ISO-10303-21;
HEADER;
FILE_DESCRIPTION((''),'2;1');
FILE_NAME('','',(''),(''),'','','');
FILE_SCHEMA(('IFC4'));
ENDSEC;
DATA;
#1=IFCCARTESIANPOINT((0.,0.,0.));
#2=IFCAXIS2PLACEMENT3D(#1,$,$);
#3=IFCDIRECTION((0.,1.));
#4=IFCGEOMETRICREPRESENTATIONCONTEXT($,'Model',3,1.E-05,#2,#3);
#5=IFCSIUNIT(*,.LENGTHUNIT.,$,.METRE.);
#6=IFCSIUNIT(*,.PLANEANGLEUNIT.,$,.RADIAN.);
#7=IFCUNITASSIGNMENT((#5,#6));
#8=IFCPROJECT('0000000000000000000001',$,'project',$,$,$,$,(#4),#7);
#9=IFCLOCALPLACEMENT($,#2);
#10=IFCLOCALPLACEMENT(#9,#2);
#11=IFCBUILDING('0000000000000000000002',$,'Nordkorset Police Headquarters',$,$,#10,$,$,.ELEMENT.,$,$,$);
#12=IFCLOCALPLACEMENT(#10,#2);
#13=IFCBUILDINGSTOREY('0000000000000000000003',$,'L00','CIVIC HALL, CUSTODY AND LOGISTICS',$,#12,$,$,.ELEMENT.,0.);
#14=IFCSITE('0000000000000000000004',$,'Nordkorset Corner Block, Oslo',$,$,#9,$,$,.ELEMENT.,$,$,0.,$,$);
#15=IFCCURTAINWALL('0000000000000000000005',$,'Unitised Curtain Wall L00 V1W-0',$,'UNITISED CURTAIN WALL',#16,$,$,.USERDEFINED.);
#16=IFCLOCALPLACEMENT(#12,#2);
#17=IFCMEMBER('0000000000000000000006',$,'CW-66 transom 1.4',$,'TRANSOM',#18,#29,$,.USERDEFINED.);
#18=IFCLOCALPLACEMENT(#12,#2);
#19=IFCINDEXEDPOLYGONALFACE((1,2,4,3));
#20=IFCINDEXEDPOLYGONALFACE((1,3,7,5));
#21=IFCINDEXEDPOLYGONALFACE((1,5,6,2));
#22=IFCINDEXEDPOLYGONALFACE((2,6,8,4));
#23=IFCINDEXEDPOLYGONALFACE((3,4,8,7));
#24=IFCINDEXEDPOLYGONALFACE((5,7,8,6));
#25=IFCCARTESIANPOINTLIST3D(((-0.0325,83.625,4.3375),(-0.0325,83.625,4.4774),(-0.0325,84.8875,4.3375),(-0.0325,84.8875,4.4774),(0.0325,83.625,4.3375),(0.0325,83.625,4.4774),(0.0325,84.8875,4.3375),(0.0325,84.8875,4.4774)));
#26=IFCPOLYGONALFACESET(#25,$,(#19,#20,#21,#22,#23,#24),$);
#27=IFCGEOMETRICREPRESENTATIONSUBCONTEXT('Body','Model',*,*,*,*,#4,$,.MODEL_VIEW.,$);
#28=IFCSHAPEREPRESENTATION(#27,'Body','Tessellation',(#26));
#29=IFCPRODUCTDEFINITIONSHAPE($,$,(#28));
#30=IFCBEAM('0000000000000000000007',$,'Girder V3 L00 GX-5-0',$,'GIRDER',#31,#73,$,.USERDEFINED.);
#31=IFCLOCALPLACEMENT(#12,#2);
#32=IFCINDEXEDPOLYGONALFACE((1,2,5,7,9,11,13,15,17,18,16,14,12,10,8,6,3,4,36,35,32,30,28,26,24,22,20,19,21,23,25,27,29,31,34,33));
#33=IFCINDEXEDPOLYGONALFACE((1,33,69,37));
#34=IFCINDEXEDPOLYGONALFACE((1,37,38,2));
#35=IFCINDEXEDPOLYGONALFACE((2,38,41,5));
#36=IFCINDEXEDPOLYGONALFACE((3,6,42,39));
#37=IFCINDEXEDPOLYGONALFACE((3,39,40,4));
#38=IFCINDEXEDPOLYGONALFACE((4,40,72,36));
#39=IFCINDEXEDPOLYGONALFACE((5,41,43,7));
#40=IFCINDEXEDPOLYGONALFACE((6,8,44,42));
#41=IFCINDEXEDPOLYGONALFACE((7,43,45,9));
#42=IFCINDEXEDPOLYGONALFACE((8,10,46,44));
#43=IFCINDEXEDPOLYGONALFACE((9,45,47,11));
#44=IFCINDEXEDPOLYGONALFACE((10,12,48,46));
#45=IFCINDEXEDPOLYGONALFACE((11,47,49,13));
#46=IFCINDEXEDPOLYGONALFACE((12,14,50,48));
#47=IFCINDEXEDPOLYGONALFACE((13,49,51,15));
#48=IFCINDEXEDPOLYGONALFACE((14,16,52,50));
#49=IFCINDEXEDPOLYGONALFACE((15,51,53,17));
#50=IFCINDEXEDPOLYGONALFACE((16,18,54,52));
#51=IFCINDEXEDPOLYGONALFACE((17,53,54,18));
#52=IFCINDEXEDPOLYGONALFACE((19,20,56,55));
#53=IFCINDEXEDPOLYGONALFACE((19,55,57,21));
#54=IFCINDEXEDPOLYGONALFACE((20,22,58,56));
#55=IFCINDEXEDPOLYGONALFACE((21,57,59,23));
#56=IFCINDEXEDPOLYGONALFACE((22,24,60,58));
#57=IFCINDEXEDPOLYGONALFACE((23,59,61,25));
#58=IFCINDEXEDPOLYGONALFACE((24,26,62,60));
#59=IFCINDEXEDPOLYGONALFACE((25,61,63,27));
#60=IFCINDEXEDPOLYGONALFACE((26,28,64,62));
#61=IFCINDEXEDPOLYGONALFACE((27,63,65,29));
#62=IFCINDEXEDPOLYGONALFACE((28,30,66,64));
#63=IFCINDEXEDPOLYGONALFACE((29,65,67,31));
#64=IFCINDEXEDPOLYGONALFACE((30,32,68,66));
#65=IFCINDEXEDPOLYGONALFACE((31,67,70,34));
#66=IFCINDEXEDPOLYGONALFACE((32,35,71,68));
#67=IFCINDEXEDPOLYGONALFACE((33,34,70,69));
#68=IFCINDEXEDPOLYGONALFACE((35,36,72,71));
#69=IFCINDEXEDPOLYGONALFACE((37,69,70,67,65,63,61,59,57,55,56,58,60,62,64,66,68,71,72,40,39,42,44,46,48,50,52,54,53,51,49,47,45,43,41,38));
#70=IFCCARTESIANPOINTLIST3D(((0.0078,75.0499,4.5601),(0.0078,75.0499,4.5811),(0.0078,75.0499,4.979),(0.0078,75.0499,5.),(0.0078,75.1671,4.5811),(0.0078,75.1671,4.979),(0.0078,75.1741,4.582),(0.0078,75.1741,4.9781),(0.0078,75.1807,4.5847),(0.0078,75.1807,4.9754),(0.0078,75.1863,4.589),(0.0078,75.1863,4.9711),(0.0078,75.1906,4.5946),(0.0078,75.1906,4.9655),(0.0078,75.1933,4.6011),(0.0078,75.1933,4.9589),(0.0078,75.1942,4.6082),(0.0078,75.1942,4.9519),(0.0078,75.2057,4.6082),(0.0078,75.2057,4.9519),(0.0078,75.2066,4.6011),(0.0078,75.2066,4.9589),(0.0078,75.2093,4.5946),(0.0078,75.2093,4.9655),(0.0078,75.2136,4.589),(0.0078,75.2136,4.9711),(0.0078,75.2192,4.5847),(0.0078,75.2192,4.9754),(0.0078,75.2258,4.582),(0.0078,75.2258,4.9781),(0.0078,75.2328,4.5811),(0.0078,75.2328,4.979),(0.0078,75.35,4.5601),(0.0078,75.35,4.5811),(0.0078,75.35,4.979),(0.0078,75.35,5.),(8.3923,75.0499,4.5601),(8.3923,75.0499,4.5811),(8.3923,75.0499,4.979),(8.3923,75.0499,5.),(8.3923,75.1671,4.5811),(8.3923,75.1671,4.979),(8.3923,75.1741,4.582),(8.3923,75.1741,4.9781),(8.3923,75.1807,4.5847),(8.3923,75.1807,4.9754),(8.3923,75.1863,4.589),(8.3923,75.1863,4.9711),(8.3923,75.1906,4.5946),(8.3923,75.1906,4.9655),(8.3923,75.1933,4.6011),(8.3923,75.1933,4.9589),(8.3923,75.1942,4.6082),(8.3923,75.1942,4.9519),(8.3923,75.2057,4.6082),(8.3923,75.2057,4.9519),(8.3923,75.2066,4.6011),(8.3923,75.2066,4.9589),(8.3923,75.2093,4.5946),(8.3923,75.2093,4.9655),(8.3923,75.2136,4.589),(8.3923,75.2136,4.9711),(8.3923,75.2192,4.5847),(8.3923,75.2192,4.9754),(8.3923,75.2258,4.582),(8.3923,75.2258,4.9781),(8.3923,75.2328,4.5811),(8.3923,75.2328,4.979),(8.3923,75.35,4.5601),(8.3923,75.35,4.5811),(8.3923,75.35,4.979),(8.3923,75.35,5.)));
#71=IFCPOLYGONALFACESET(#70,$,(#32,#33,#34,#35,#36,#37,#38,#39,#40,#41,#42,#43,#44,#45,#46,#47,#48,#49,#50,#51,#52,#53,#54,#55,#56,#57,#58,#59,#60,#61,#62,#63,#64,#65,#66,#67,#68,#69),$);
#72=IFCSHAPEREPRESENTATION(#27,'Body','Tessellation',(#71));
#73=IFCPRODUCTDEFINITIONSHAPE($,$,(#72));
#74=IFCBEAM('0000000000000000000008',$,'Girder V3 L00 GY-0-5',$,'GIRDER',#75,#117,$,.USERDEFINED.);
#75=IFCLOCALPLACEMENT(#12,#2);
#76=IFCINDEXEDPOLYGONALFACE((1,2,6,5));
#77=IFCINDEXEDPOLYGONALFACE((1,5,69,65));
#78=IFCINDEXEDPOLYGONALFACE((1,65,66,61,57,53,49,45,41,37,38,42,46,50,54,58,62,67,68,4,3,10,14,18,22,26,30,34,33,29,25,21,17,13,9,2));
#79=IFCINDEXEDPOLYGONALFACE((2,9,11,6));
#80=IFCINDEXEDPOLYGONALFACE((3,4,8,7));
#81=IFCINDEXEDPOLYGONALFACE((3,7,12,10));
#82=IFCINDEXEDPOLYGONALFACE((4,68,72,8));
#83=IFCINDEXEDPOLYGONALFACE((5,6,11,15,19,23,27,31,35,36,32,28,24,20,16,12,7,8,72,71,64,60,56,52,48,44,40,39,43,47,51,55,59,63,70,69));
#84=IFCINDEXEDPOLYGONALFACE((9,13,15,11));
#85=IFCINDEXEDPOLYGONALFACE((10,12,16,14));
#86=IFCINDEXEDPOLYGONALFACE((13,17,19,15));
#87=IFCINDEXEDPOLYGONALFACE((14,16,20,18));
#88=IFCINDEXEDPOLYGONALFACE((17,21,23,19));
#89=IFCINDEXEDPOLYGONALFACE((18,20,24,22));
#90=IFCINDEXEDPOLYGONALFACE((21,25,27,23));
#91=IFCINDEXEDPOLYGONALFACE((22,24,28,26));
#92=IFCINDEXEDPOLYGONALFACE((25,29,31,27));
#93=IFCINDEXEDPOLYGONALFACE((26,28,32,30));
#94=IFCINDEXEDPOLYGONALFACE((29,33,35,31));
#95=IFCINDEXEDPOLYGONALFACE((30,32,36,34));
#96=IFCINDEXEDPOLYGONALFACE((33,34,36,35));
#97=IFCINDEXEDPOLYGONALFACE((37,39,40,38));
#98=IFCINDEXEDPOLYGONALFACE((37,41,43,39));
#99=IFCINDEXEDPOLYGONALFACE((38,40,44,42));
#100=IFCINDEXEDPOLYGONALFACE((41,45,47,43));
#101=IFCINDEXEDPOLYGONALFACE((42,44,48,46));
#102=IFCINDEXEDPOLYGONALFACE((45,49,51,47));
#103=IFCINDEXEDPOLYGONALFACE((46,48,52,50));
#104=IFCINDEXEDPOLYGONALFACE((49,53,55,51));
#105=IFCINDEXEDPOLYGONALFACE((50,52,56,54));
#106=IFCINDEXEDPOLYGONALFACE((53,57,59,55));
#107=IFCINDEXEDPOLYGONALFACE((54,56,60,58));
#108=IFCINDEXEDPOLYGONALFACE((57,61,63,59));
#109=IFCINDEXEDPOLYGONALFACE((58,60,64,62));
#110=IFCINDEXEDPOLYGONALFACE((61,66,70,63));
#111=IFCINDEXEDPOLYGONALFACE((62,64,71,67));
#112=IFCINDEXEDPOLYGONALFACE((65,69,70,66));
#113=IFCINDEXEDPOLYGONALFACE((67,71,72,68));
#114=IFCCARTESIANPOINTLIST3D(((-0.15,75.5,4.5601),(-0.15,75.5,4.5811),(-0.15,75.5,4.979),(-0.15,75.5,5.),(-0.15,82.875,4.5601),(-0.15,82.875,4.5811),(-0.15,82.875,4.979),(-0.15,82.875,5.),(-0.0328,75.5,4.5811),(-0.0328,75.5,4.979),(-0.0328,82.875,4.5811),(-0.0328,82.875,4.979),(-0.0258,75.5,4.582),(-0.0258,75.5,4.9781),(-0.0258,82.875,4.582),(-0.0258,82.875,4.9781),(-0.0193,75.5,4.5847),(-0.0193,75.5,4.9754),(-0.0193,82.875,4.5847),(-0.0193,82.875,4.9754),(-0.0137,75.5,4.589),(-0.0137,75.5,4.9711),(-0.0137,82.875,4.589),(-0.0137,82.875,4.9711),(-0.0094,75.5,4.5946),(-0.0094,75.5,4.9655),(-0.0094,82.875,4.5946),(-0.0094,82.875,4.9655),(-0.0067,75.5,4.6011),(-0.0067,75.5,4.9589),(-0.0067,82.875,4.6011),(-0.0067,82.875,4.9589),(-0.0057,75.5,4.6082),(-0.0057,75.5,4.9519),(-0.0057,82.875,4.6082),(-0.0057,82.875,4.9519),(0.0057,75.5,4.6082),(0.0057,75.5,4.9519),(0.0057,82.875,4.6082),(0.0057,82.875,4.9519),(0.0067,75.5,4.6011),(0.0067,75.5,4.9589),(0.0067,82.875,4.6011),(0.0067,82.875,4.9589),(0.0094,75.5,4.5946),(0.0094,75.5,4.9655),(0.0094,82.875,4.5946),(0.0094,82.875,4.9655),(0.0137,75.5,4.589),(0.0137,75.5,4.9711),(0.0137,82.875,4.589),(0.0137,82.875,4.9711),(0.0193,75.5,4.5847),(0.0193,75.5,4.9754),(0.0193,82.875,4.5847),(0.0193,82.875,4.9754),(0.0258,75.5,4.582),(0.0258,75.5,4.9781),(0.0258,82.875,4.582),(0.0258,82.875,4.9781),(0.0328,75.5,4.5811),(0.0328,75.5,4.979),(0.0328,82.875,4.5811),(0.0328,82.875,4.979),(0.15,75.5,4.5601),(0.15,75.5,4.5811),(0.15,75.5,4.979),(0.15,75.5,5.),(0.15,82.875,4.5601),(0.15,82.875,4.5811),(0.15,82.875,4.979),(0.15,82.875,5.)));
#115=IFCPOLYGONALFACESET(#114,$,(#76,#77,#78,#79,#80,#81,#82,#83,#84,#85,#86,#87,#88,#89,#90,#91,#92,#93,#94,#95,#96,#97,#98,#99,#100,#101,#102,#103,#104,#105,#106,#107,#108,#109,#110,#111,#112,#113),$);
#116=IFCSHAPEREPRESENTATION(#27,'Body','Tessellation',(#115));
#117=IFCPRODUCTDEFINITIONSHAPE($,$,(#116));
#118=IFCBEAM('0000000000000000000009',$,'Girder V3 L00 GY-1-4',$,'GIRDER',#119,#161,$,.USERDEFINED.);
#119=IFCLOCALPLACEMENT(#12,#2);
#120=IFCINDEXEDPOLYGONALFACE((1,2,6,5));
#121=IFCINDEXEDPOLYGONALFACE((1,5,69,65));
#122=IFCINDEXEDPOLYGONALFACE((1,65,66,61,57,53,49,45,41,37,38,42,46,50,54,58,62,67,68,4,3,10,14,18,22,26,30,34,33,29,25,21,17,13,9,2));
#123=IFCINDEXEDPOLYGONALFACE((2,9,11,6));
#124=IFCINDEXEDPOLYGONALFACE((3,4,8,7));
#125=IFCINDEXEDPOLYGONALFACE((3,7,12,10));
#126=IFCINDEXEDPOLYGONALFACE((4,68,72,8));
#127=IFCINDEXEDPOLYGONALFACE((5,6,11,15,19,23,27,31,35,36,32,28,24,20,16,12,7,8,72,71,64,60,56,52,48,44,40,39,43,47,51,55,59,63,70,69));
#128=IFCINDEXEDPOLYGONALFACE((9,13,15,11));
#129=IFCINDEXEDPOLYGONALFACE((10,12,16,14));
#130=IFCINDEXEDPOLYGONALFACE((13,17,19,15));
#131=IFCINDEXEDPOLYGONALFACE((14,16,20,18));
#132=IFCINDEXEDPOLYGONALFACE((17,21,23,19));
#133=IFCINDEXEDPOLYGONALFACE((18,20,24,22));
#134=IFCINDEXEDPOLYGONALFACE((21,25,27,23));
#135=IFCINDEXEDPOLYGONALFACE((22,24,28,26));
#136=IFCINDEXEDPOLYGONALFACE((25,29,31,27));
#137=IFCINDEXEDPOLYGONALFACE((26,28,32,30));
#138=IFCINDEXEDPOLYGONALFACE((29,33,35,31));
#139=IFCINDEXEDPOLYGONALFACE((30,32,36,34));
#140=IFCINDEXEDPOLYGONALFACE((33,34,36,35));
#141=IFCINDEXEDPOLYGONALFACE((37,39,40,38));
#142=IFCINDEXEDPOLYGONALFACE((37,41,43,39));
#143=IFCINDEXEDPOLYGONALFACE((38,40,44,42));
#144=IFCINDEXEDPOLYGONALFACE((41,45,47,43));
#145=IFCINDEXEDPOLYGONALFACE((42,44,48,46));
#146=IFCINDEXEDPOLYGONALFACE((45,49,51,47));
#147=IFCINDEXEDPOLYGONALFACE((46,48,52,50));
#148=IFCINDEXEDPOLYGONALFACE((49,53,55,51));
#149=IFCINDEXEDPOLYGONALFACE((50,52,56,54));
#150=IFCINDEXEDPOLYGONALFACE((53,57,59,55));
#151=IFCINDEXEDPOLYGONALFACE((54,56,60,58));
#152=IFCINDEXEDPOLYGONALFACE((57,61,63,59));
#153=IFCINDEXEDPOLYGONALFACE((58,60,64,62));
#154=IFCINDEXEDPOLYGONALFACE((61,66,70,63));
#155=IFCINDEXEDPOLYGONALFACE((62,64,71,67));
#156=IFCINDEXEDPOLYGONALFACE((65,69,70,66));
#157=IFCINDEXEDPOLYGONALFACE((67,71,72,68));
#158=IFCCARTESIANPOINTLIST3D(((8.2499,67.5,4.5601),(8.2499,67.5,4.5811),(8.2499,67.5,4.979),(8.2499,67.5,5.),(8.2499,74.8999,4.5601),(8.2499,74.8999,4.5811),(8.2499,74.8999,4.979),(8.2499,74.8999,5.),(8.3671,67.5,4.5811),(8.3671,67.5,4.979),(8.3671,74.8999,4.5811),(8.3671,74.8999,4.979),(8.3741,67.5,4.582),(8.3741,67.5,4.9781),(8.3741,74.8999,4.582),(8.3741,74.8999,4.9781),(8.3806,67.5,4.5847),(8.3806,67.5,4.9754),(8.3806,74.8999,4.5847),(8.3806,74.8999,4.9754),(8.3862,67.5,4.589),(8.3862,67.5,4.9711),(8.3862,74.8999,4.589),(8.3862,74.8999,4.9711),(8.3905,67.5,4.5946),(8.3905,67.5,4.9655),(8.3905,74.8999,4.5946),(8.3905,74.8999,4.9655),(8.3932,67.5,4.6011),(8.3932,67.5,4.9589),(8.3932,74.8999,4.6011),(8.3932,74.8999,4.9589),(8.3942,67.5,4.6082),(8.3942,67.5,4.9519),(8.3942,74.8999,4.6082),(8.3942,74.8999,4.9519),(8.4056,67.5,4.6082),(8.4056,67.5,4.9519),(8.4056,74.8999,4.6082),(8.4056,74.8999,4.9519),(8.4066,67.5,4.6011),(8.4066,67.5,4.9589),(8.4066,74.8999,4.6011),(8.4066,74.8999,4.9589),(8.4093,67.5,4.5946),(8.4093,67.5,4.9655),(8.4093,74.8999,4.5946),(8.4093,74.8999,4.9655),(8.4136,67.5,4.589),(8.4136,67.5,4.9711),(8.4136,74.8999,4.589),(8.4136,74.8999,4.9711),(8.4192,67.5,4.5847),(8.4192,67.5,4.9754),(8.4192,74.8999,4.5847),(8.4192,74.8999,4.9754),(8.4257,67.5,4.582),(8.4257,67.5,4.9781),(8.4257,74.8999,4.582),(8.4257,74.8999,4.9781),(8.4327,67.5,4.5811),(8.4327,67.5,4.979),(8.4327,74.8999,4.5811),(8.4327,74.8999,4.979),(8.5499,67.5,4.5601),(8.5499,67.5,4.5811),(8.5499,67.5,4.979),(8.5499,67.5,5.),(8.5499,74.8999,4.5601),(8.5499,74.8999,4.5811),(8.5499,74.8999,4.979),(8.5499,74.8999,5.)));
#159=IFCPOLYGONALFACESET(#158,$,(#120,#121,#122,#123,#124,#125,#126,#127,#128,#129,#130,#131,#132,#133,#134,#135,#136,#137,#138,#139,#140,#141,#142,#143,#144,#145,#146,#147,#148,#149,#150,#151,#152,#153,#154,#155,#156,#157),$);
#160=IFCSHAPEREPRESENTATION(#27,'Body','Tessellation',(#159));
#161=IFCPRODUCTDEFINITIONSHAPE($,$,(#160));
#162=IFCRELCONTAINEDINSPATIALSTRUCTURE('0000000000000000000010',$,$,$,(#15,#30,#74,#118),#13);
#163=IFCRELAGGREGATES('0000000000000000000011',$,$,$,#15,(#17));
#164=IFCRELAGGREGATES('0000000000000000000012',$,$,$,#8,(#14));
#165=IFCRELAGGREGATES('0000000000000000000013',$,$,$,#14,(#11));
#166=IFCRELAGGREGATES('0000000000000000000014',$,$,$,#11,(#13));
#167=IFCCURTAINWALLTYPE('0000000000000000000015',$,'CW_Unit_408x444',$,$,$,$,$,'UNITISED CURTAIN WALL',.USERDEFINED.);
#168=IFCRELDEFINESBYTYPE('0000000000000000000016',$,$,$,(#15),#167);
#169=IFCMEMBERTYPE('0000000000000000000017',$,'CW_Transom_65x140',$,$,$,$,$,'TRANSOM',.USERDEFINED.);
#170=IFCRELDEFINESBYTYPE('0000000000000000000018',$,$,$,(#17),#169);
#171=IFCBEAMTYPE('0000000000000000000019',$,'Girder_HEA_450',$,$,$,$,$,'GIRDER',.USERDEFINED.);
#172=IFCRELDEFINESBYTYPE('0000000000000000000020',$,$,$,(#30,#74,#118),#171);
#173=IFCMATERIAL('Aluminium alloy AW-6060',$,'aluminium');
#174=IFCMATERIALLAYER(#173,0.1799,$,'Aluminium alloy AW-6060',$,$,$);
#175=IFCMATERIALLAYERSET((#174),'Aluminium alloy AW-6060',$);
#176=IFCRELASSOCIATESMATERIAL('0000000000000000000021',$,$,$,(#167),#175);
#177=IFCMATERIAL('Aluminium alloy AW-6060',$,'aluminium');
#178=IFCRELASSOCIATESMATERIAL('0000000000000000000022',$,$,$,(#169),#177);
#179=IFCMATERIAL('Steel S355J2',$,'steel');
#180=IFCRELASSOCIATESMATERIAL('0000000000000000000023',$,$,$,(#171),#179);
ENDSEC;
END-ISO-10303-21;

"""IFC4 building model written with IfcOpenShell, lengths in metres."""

from ifc_helpers import new_model, si_unit, direction, frame, origin, origin_2d, place, context, subcontext, project, spatial, rectangle, i_section, extrude, material, layer, layer_set, material_profile, profile_set, type_object, element, aggregate, save


model = new_model("IFC4")

# Units and contexts
model_context = context("Model", 3, precision=1e-05, world=origin(), true_north=direction((0.0, 1.0)))
body_context = subcontext(model_context, "Body", "Model", "MODEL_VIEW")
ifc_project = project(units=[si_unit("LENGTHUNIT", "METRE"), si_unit("PLANEANGLEUNIT", "RADIAN")], contexts=[model_context])

# Site, building, storey
site_placement = place(None, origin())
site = spatial("IfcSite", under=ifc_project, at=site_placement, Name="Nordkorset Corner Block, Oslo", CompositionType="ELEMENT", RefElevation=0.0)
building_placement = place(site_placement, origin())
building = spatial("IfcBuilding", under=site, at=building_placement, Name="Nordkorset Police Headquarters", CompositionType="ELEMENT")
storey_placement = place(building_placement, origin())
storey = spatial("IfcBuildingStorey", under=building, at=storey_placement, Name="L00", Description="CIVIC HALL, CUSTODY AND LOGISTICS", CompositionType="ELEMENT", Elevation=0.0)

# Curtain wall, member
ifc_material_1 = material(Name="Aluminium alloy AW-6060", Category="aluminium")
ifc_layer_1 = layer(ifc_material_1, 0.1799, Name="Aluminium alloy AW-6060")
ifc_layer_set_1 = layer_set([ifc_layer_1], Name="Aluminium alloy AW-6060")
curtain_wall_type = type_object("IfcCurtainWallType", Name="CW_Unit_408x444", ElementType="UNITISED CURTAIN WALL", PredefinedType="USERDEFINED", material=ifc_layer_set_1)
curtain_wall_placement = place(storey_placement, origin())
curtain_wall = element("IfcCurtainWall", 1, at=curtain_wall_placement, inside=storey, type_object=curtain_wall_type, Name="Unitised Curtain Wall L00 V1W-0", ObjectType="UNITISED CURTAIN WALL", PredefinedType="USERDEFINED")
ifc_material_2 = material(Name="Aluminium alloy AW-6060", Category="aluminium")
ifc_material_profile_1 = material_profile(ifc_material_2, rectangle(XDim=0.0649, YDim=0.1399, at=origin_2d()), Name="ALU TRAN 65x140")
ifc_profile_set_1 = profile_set([ifc_material_profile_1], Name="Aluminium alloy AW-6060")
member_type_1 = type_object("IfcMemberType", Name="CW_Transom_65x140", ElementType="TRANSOM", PredefinedType="USERDEFINED", material=ifc_profile_set_1)
member_1_placement = place(storey_placement, frame((0.0, 83.625, 4.4075), z_axis=(0.0, 1.0, 0.0), x_axis=(-1.0, 0.0, 0.0)))
member_1 = element("IfcMember", 2, at=member_1_placement, type_object=member_type_1, Name="CW-66 transom 1.4", ObjectType="TRANSOM", PredefinedType="USERDEFINED", context=body_context, shape_type="SweptSolid", body=[
    extrude(rectangle(XDim=0.0649, YDim=0.1399, at=origin_2d()), origin(), (0.0, 0.0, 1.0), 1.2625),
])
aggregate(curtain_wall, [member_1])

# Beams
ifc_material_3 = material(Name="Steel S355J2", Category="steel")
ifc_material_profile_2 = material_profile(ifc_material_3, i_section(OverallWidth=0.3, OverallDepth=0.4399, WebThickness=0.0115, FlangeThickness=0.021, FilletRadius=0.0271, at=origin_2d()), Name="HEA 450")
ifc_profile_set_2 = profile_set([ifc_material_profile_2], Name="Steel S355J2")
beam_type_1 = type_object("IfcBeamType", Name="Girder_HEA_450", ElementType="GIRDER", PredefinedType="USERDEFINED", material=ifc_profile_set_2)
beam_1_placement = place(storey_placement, frame((0.0078, 75.2, 4.78), z_axis=(1.0, 0.0, 0.0), x_axis=(0.0, 1.0, 0.0)))
element("IfcBeam", 3, at=beam_1_placement, inside=storey, type_object=beam_type_1, Name="Girder V3 L00 GX-5-0", ObjectType="GIRDER", PredefinedType="USERDEFINED", context=body_context, shape_type="SweptSolid", body=[
    extrude(i_section(OverallWidth=0.3, OverallDepth=0.4399, WebThickness=0.0115, FlangeThickness=0.021, FilletRadius=0.0271, at=origin_2d()), origin(), (0.0, 0.0, 1.0), 8.3845),
])
beam_2_placement = place(storey_placement, frame((0.0, 75.5, 4.78), z_axis=(0.0, 1.0, 0.0), x_axis=(-1.0, 0.0, 0.0)))
element("IfcBeam", 4, at=beam_2_placement, inside=storey, type_object=beam_type_1, Name="Girder V3 L00 GY-0-5", ObjectType="GIRDER", PredefinedType="USERDEFINED", context=body_context, shape_type="SweptSolid", body=[
    extrude(i_section(OverallWidth=0.3, OverallDepth=0.4399, WebThickness=0.0115, FlangeThickness=0.021, FilletRadius=0.0271, at=origin_2d()), origin(), (0.0, 0.0, 1.0), 7.375),
])
beam_3_placement = place(storey_placement, frame((8.3999, 67.5, 4.78), z_axis=(0.0, 1.0, 0.0), x_axis=(-1.0, 0.0, 0.0)))
element("IfcBeam", 5, at=beam_3_placement, inside=storey, type_object=beam_type_1, Name="Girder V3 L00 GY-1-4", ObjectType="GIRDER", PredefinedType="USERDEFINED", context=body_context, shape_type="SweptSolid", body=[
    extrude(i_section(OverallWidth=0.3, OverallDepth=0.4399, WebThickness=0.0115, FlangeThickness=0.021, FilletRadius=0.0271, at=origin_2d()), origin(), (0.0, 0.0, 1.0), 7.3999),
])

save(model, "model.ifc")
